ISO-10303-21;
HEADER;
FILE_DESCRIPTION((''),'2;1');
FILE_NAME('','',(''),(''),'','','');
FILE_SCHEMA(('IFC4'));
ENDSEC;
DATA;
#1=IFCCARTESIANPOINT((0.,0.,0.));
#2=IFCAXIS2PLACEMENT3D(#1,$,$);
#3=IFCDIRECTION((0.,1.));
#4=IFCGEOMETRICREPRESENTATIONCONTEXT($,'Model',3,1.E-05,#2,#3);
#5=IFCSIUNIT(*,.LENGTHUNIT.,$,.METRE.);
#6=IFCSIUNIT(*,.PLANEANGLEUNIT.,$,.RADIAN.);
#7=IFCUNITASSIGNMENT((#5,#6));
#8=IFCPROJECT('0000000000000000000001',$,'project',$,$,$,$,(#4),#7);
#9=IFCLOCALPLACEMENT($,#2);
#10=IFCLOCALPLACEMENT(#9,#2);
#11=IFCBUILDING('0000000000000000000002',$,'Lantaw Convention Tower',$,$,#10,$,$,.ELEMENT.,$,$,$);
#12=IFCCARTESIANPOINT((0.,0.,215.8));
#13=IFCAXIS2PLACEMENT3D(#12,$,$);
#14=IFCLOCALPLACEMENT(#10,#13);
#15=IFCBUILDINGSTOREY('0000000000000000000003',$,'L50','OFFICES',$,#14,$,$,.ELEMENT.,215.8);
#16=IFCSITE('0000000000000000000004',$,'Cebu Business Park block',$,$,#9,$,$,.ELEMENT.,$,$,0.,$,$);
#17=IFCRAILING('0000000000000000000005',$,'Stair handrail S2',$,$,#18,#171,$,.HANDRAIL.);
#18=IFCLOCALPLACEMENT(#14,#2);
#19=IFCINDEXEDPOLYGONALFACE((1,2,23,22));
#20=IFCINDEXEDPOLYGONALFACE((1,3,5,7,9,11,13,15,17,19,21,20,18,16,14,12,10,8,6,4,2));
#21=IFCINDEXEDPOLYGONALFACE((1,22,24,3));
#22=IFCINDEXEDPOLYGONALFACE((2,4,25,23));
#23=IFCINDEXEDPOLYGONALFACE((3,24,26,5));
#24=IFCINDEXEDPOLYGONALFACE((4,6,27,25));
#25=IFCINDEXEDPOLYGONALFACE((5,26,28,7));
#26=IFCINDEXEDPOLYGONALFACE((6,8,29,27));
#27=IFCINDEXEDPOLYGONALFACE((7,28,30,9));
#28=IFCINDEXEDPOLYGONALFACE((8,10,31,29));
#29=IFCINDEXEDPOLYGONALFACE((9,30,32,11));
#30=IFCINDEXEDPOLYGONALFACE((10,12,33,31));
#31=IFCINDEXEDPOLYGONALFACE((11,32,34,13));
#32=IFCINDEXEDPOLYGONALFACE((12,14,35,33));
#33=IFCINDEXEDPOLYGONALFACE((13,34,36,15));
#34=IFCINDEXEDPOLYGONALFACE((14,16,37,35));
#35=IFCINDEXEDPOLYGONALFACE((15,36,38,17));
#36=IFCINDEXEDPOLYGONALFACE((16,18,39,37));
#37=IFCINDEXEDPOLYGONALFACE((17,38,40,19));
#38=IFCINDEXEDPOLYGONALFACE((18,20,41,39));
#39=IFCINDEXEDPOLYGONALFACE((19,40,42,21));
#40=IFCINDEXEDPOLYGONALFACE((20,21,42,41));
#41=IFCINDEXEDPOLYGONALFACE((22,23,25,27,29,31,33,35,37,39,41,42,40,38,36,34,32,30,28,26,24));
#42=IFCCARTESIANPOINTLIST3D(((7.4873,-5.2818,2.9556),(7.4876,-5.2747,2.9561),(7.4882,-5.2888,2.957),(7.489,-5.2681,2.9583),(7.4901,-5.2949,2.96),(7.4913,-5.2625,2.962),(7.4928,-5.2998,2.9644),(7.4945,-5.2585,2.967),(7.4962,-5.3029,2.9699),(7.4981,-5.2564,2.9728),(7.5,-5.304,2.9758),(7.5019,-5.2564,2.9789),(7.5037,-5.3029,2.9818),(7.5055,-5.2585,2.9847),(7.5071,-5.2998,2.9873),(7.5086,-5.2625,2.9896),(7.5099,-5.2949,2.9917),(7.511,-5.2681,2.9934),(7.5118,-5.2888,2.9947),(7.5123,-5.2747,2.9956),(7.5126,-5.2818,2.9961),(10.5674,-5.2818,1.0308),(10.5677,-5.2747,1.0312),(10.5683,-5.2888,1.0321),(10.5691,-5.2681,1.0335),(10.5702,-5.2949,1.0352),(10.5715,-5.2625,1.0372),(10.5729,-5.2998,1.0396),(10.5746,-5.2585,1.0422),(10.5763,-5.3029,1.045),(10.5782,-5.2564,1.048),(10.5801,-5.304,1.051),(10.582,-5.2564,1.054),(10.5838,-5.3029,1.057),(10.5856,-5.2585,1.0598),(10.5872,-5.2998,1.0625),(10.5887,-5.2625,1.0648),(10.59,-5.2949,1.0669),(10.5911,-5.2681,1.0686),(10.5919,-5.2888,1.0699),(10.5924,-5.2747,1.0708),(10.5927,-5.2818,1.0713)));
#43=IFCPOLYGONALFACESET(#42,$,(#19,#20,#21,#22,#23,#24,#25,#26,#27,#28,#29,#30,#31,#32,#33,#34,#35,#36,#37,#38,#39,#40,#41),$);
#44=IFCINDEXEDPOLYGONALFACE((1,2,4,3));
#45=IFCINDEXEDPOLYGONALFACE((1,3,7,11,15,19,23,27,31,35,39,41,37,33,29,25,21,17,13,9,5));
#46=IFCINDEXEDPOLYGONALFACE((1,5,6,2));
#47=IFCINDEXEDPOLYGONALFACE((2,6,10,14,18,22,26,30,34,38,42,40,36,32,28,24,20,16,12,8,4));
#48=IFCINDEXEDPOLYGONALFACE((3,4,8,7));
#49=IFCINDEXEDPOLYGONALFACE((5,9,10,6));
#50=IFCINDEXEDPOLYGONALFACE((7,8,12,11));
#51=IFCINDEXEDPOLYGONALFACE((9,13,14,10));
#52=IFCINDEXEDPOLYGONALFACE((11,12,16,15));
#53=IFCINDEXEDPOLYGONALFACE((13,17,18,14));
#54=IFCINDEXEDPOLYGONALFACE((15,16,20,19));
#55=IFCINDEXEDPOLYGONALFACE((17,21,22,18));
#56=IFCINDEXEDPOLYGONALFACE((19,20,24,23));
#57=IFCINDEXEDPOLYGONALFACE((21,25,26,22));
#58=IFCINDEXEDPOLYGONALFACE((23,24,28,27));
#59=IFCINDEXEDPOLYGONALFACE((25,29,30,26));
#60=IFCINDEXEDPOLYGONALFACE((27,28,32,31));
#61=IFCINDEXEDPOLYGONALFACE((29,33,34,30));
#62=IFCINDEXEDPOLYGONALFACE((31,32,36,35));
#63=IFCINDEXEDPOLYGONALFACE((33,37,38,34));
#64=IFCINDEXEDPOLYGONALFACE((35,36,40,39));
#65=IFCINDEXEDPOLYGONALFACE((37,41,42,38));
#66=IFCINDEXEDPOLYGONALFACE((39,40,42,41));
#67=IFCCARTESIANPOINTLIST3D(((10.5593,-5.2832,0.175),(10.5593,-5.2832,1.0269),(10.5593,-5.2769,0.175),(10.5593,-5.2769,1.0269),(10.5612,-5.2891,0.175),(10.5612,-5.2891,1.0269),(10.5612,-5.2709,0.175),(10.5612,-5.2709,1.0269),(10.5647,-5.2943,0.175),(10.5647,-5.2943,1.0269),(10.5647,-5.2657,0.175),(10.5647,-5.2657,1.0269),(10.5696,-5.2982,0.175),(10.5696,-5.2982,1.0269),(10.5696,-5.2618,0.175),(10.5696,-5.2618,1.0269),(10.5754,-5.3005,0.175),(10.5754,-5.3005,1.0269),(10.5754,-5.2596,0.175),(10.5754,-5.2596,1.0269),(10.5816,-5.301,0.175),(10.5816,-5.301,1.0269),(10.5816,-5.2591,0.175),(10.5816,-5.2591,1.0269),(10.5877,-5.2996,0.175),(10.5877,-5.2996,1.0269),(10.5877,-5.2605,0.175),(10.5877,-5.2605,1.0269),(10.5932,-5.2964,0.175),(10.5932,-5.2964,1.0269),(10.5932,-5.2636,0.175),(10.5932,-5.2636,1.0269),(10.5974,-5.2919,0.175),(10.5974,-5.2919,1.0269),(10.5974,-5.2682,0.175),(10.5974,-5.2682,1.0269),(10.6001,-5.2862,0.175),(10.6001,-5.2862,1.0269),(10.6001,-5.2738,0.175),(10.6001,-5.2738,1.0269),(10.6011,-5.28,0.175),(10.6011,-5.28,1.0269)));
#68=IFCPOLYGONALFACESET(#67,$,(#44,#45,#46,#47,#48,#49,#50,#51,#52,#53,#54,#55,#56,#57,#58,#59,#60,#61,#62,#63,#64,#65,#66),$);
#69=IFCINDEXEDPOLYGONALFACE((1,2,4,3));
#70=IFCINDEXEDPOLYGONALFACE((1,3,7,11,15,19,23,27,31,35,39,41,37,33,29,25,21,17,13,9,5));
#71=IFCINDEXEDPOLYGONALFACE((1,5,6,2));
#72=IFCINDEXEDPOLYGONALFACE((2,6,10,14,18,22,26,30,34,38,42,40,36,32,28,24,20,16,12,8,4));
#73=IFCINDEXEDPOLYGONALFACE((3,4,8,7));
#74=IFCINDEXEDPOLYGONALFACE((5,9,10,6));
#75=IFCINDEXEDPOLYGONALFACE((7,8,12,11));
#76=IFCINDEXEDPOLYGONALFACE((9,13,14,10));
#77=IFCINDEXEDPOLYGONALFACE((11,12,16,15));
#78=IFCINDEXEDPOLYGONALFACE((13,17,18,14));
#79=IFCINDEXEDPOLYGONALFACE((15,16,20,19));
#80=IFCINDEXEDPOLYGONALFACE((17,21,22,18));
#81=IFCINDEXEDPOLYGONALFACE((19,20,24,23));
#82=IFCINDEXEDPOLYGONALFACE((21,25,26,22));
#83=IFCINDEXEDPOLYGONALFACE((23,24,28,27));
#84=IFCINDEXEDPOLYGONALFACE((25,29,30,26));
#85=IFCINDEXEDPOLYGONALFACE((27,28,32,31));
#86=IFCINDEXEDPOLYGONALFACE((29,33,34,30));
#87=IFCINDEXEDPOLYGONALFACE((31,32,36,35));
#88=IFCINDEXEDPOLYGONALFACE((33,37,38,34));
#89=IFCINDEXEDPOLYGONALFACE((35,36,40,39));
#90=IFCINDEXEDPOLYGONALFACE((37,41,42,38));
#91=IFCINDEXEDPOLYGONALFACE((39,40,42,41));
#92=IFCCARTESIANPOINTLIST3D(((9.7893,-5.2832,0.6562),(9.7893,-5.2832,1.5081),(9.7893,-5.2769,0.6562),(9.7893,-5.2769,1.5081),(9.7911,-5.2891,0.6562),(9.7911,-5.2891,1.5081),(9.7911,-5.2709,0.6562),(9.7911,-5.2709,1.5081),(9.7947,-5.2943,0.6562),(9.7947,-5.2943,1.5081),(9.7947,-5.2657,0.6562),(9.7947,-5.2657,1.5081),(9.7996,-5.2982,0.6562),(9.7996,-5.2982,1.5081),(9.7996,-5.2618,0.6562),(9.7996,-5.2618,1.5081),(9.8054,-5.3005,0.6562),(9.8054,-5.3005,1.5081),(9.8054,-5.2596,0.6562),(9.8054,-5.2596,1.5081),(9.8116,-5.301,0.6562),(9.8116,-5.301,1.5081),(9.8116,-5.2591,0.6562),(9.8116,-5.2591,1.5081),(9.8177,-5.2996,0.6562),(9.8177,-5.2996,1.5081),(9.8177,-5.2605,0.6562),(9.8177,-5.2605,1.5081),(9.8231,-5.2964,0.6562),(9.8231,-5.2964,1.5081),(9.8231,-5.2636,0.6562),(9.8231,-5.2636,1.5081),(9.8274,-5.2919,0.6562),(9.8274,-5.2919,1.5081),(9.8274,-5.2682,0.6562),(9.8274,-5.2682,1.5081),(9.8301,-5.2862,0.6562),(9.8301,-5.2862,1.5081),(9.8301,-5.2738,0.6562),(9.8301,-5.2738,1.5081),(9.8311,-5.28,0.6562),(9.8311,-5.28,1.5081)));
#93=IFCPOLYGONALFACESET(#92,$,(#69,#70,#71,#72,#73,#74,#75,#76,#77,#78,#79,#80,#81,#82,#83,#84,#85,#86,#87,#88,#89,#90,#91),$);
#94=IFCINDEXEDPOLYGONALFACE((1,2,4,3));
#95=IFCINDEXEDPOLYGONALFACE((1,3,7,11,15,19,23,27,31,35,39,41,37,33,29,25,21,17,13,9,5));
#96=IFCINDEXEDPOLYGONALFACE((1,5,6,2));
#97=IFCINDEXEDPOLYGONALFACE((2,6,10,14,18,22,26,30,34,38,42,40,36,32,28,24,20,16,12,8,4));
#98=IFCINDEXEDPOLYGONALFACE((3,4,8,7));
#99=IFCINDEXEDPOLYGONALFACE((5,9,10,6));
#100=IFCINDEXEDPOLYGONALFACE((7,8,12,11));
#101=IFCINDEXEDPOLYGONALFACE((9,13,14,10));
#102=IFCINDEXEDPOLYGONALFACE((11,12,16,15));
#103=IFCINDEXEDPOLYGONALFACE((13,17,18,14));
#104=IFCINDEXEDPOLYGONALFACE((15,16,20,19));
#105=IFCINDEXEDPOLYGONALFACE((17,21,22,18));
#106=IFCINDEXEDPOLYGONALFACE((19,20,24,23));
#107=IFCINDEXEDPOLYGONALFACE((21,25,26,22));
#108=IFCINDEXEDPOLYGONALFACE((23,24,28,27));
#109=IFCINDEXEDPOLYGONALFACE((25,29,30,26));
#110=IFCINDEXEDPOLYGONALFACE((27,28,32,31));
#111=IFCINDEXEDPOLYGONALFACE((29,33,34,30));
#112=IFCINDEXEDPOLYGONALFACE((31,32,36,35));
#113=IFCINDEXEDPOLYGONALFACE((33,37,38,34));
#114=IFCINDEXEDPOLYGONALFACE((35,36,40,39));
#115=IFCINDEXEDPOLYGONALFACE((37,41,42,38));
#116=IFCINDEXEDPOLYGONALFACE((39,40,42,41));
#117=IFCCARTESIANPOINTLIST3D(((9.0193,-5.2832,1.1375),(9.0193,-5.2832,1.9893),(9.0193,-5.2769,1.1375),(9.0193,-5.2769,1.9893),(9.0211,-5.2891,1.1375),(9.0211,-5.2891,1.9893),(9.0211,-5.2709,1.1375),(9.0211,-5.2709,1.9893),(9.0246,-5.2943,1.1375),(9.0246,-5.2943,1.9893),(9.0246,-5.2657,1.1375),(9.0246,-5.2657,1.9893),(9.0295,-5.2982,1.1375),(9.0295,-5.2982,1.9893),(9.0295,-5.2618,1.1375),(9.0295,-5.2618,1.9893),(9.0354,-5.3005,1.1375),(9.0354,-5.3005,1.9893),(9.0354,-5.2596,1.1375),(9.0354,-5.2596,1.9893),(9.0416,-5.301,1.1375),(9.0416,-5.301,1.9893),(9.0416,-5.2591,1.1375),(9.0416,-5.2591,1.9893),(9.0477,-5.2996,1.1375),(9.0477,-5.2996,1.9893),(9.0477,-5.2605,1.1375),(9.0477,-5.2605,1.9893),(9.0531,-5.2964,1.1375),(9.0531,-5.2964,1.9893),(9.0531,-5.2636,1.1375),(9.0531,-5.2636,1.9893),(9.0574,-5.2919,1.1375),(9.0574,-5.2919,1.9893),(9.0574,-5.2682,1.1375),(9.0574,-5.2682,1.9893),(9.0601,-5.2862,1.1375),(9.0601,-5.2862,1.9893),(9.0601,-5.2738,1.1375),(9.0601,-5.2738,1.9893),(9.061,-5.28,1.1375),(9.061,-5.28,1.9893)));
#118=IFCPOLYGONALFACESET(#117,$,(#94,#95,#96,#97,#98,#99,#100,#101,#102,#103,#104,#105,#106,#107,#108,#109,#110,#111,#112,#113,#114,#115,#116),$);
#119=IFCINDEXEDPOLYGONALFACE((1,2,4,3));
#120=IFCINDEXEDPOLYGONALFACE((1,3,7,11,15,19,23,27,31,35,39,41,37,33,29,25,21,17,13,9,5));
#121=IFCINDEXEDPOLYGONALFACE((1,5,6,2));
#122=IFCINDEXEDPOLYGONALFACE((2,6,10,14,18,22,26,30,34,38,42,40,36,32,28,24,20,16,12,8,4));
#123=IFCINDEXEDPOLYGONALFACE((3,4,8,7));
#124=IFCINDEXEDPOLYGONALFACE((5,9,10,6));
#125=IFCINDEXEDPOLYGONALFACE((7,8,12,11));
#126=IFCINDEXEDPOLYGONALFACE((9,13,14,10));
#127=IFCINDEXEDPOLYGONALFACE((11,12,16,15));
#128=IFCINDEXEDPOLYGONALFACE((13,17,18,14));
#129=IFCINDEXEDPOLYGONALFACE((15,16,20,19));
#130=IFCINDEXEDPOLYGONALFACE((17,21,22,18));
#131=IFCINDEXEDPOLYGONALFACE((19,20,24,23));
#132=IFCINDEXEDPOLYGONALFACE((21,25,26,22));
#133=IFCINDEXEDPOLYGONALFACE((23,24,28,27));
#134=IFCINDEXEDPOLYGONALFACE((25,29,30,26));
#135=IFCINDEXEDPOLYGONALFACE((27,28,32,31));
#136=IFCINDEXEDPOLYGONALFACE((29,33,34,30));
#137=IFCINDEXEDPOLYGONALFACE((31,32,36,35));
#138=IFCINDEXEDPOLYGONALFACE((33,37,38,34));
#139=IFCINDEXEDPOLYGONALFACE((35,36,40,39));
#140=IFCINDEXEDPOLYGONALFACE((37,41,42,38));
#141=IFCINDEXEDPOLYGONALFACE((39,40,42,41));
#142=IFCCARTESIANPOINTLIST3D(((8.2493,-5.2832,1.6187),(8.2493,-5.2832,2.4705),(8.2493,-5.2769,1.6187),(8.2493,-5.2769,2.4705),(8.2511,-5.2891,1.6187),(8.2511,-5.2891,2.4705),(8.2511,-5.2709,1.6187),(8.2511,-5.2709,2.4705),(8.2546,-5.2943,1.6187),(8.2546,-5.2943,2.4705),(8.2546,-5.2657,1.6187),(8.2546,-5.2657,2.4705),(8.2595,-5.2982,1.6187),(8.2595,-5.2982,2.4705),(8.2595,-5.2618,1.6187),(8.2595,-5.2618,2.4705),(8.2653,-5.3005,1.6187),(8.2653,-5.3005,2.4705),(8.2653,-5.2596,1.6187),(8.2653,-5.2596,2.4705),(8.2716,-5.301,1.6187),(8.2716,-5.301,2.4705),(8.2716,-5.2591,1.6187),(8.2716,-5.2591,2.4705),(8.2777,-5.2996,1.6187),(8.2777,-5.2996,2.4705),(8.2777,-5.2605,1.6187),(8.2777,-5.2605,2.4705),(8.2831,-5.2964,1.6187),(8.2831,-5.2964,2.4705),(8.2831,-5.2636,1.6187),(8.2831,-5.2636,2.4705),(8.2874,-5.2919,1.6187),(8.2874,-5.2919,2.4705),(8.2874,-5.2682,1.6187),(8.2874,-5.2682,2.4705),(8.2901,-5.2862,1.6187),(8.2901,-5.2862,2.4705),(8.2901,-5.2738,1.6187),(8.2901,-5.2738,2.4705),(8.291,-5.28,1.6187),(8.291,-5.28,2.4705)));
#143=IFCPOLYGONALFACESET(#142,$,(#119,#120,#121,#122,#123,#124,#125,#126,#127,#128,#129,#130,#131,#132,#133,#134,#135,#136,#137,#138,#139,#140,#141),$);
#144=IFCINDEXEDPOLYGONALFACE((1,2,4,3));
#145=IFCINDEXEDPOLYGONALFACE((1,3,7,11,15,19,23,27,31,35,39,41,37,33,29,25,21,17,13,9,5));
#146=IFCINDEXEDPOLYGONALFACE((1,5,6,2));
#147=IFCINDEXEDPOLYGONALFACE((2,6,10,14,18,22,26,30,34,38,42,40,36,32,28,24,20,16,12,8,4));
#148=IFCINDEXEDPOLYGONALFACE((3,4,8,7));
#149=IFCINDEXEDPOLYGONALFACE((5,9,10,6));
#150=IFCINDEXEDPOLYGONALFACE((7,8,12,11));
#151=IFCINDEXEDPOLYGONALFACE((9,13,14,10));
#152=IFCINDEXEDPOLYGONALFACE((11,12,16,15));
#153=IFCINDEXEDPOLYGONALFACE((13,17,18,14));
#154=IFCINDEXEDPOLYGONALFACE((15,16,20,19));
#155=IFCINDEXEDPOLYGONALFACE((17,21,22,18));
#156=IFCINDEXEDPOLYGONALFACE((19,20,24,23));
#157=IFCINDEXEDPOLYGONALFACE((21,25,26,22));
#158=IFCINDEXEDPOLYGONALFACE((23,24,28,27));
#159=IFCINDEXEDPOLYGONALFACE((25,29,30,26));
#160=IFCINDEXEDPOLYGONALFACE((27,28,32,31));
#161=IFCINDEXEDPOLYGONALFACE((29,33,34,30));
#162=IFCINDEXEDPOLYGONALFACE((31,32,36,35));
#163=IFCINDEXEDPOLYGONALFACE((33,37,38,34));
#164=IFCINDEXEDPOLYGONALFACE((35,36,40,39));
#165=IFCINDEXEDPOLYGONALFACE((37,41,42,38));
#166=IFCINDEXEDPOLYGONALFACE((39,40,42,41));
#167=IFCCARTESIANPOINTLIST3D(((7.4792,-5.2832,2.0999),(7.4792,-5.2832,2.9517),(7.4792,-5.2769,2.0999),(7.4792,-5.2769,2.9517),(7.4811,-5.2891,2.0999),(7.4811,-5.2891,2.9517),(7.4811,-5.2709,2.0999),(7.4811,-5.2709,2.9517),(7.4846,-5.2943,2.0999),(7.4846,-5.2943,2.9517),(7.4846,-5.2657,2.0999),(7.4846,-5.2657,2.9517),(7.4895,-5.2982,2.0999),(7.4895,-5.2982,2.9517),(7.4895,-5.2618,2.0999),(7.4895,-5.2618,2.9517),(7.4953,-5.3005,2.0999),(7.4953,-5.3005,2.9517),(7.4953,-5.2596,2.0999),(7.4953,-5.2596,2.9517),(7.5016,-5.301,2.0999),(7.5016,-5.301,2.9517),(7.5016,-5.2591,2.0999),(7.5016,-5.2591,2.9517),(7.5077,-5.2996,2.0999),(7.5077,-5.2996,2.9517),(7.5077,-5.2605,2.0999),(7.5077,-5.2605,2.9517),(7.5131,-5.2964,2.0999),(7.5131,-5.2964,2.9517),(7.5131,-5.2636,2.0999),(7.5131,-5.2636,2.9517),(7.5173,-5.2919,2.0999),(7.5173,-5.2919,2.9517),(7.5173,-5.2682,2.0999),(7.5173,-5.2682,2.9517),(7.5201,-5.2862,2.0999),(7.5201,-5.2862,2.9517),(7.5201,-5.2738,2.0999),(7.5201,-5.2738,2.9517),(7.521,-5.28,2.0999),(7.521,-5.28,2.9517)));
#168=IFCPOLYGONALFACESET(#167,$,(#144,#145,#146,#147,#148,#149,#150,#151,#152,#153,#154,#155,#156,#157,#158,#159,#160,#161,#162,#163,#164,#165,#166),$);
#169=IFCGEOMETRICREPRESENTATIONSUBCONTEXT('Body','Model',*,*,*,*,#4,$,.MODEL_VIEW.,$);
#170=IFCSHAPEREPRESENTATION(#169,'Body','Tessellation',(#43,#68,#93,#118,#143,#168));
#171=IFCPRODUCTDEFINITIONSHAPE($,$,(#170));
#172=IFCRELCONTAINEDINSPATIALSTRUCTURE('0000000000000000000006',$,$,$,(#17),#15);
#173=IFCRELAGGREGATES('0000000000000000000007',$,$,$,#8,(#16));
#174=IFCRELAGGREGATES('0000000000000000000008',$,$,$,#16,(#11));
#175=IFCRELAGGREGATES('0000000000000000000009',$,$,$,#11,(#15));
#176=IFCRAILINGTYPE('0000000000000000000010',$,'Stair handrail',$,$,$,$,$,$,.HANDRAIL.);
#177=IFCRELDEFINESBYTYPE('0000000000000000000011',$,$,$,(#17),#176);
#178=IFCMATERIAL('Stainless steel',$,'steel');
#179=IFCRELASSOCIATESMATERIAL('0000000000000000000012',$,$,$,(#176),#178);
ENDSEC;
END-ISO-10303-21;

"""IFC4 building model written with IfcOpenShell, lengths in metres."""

from ifc_helpers import new_model, si_unit, direction, frame, origin, origin_2d, place, context, subcontext, project, spatial, circle, extrude, material, type_object, element, save


model = new_model("IFC4")

# Units and contexts
model_context = context("Model", 3, precision=1e-05, world=origin(), true_north=direction((0.0, 1.0)))
body_context = subcontext(model_context, "Body", "Model", "MODEL_VIEW")
ifc_project = project(units=[si_unit("LENGTHUNIT", "METRE"), si_unit("PLANEANGLEUNIT", "RADIAN")], contexts=[model_context])

# Site, building, storey
site_placement = place(None, origin())
site = spatial("IfcSite", under=ifc_project, at=site_placement, Name="Cebu Business Park block", CompositionType="ELEMENT", RefElevation=0.0)
building_placement = place(site_placement, origin())
building = spatial("IfcBuilding", under=site, at=building_placement, Name="Lantaw Convention Tower", CompositionType="ELEMENT")
storey_placement = place(building_placement, frame((0.0, 0.0, 215.8)))
storey = spatial("IfcBuildingStorey", under=building, at=storey_placement, Name="L50", Description="OFFICES", CompositionType="ELEMENT", Elevation=215.8)

# Railing
ifc_material_1 = material(Name="Stainless steel", Category="steel")
railing_type = type_object("IfcRailingType", Name="Stair handrail", PredefinedType="HANDRAIL", material=ifc_material_1)
railing_1_placement = place(storey_placement, frame((10.5801, -5.28, 0.175)))
element("IfcRailing", 1, at=railing_1_placement, inside=storey, type_object=railing_type, Name="Stair handrail S2", PredefinedType="HANDRAIL", context=body_context, shape_type="SweptSolid", body=[
    extrude(circle(Radius=0.0239, at=origin_2d()), frame((0.0, 0.0, 0.876), z_axis=(-0.848029, 0.0, 0.529951), x_axis=(0.0, -1.0, 0.0)), (0.0, 0.0, 1.0), 3.6321),
    extrude(circle(Radius=0.021, at=origin_2d()), origin(), (0.0, 0.0, 1.0), 0.8518),
    extrude(circle(Radius=0.021, at=origin_2d()), frame((-0.77, 0.0, 0.4812)), (0.0, 0.0, 1.0), 0.8518),
    extrude(circle(Radius=0.021, at=origin_2d()), frame((-1.54, 0.0, 0.9624)), (0.0, 0.0, 1.0), 0.8518),
    extrude(circle(Radius=0.021, at=origin_2d()), frame((-2.3101, 0.0, 1.4436)), (0.0, 0.0, 1.0), 0.8518),
    extrude(circle(Radius=0.021, at=origin_2d()), frame((-3.0801, 0.0, 1.9248)), (0.0, 0.0, 1.0), 0.8518),
])

save(model, "model.ifc")
